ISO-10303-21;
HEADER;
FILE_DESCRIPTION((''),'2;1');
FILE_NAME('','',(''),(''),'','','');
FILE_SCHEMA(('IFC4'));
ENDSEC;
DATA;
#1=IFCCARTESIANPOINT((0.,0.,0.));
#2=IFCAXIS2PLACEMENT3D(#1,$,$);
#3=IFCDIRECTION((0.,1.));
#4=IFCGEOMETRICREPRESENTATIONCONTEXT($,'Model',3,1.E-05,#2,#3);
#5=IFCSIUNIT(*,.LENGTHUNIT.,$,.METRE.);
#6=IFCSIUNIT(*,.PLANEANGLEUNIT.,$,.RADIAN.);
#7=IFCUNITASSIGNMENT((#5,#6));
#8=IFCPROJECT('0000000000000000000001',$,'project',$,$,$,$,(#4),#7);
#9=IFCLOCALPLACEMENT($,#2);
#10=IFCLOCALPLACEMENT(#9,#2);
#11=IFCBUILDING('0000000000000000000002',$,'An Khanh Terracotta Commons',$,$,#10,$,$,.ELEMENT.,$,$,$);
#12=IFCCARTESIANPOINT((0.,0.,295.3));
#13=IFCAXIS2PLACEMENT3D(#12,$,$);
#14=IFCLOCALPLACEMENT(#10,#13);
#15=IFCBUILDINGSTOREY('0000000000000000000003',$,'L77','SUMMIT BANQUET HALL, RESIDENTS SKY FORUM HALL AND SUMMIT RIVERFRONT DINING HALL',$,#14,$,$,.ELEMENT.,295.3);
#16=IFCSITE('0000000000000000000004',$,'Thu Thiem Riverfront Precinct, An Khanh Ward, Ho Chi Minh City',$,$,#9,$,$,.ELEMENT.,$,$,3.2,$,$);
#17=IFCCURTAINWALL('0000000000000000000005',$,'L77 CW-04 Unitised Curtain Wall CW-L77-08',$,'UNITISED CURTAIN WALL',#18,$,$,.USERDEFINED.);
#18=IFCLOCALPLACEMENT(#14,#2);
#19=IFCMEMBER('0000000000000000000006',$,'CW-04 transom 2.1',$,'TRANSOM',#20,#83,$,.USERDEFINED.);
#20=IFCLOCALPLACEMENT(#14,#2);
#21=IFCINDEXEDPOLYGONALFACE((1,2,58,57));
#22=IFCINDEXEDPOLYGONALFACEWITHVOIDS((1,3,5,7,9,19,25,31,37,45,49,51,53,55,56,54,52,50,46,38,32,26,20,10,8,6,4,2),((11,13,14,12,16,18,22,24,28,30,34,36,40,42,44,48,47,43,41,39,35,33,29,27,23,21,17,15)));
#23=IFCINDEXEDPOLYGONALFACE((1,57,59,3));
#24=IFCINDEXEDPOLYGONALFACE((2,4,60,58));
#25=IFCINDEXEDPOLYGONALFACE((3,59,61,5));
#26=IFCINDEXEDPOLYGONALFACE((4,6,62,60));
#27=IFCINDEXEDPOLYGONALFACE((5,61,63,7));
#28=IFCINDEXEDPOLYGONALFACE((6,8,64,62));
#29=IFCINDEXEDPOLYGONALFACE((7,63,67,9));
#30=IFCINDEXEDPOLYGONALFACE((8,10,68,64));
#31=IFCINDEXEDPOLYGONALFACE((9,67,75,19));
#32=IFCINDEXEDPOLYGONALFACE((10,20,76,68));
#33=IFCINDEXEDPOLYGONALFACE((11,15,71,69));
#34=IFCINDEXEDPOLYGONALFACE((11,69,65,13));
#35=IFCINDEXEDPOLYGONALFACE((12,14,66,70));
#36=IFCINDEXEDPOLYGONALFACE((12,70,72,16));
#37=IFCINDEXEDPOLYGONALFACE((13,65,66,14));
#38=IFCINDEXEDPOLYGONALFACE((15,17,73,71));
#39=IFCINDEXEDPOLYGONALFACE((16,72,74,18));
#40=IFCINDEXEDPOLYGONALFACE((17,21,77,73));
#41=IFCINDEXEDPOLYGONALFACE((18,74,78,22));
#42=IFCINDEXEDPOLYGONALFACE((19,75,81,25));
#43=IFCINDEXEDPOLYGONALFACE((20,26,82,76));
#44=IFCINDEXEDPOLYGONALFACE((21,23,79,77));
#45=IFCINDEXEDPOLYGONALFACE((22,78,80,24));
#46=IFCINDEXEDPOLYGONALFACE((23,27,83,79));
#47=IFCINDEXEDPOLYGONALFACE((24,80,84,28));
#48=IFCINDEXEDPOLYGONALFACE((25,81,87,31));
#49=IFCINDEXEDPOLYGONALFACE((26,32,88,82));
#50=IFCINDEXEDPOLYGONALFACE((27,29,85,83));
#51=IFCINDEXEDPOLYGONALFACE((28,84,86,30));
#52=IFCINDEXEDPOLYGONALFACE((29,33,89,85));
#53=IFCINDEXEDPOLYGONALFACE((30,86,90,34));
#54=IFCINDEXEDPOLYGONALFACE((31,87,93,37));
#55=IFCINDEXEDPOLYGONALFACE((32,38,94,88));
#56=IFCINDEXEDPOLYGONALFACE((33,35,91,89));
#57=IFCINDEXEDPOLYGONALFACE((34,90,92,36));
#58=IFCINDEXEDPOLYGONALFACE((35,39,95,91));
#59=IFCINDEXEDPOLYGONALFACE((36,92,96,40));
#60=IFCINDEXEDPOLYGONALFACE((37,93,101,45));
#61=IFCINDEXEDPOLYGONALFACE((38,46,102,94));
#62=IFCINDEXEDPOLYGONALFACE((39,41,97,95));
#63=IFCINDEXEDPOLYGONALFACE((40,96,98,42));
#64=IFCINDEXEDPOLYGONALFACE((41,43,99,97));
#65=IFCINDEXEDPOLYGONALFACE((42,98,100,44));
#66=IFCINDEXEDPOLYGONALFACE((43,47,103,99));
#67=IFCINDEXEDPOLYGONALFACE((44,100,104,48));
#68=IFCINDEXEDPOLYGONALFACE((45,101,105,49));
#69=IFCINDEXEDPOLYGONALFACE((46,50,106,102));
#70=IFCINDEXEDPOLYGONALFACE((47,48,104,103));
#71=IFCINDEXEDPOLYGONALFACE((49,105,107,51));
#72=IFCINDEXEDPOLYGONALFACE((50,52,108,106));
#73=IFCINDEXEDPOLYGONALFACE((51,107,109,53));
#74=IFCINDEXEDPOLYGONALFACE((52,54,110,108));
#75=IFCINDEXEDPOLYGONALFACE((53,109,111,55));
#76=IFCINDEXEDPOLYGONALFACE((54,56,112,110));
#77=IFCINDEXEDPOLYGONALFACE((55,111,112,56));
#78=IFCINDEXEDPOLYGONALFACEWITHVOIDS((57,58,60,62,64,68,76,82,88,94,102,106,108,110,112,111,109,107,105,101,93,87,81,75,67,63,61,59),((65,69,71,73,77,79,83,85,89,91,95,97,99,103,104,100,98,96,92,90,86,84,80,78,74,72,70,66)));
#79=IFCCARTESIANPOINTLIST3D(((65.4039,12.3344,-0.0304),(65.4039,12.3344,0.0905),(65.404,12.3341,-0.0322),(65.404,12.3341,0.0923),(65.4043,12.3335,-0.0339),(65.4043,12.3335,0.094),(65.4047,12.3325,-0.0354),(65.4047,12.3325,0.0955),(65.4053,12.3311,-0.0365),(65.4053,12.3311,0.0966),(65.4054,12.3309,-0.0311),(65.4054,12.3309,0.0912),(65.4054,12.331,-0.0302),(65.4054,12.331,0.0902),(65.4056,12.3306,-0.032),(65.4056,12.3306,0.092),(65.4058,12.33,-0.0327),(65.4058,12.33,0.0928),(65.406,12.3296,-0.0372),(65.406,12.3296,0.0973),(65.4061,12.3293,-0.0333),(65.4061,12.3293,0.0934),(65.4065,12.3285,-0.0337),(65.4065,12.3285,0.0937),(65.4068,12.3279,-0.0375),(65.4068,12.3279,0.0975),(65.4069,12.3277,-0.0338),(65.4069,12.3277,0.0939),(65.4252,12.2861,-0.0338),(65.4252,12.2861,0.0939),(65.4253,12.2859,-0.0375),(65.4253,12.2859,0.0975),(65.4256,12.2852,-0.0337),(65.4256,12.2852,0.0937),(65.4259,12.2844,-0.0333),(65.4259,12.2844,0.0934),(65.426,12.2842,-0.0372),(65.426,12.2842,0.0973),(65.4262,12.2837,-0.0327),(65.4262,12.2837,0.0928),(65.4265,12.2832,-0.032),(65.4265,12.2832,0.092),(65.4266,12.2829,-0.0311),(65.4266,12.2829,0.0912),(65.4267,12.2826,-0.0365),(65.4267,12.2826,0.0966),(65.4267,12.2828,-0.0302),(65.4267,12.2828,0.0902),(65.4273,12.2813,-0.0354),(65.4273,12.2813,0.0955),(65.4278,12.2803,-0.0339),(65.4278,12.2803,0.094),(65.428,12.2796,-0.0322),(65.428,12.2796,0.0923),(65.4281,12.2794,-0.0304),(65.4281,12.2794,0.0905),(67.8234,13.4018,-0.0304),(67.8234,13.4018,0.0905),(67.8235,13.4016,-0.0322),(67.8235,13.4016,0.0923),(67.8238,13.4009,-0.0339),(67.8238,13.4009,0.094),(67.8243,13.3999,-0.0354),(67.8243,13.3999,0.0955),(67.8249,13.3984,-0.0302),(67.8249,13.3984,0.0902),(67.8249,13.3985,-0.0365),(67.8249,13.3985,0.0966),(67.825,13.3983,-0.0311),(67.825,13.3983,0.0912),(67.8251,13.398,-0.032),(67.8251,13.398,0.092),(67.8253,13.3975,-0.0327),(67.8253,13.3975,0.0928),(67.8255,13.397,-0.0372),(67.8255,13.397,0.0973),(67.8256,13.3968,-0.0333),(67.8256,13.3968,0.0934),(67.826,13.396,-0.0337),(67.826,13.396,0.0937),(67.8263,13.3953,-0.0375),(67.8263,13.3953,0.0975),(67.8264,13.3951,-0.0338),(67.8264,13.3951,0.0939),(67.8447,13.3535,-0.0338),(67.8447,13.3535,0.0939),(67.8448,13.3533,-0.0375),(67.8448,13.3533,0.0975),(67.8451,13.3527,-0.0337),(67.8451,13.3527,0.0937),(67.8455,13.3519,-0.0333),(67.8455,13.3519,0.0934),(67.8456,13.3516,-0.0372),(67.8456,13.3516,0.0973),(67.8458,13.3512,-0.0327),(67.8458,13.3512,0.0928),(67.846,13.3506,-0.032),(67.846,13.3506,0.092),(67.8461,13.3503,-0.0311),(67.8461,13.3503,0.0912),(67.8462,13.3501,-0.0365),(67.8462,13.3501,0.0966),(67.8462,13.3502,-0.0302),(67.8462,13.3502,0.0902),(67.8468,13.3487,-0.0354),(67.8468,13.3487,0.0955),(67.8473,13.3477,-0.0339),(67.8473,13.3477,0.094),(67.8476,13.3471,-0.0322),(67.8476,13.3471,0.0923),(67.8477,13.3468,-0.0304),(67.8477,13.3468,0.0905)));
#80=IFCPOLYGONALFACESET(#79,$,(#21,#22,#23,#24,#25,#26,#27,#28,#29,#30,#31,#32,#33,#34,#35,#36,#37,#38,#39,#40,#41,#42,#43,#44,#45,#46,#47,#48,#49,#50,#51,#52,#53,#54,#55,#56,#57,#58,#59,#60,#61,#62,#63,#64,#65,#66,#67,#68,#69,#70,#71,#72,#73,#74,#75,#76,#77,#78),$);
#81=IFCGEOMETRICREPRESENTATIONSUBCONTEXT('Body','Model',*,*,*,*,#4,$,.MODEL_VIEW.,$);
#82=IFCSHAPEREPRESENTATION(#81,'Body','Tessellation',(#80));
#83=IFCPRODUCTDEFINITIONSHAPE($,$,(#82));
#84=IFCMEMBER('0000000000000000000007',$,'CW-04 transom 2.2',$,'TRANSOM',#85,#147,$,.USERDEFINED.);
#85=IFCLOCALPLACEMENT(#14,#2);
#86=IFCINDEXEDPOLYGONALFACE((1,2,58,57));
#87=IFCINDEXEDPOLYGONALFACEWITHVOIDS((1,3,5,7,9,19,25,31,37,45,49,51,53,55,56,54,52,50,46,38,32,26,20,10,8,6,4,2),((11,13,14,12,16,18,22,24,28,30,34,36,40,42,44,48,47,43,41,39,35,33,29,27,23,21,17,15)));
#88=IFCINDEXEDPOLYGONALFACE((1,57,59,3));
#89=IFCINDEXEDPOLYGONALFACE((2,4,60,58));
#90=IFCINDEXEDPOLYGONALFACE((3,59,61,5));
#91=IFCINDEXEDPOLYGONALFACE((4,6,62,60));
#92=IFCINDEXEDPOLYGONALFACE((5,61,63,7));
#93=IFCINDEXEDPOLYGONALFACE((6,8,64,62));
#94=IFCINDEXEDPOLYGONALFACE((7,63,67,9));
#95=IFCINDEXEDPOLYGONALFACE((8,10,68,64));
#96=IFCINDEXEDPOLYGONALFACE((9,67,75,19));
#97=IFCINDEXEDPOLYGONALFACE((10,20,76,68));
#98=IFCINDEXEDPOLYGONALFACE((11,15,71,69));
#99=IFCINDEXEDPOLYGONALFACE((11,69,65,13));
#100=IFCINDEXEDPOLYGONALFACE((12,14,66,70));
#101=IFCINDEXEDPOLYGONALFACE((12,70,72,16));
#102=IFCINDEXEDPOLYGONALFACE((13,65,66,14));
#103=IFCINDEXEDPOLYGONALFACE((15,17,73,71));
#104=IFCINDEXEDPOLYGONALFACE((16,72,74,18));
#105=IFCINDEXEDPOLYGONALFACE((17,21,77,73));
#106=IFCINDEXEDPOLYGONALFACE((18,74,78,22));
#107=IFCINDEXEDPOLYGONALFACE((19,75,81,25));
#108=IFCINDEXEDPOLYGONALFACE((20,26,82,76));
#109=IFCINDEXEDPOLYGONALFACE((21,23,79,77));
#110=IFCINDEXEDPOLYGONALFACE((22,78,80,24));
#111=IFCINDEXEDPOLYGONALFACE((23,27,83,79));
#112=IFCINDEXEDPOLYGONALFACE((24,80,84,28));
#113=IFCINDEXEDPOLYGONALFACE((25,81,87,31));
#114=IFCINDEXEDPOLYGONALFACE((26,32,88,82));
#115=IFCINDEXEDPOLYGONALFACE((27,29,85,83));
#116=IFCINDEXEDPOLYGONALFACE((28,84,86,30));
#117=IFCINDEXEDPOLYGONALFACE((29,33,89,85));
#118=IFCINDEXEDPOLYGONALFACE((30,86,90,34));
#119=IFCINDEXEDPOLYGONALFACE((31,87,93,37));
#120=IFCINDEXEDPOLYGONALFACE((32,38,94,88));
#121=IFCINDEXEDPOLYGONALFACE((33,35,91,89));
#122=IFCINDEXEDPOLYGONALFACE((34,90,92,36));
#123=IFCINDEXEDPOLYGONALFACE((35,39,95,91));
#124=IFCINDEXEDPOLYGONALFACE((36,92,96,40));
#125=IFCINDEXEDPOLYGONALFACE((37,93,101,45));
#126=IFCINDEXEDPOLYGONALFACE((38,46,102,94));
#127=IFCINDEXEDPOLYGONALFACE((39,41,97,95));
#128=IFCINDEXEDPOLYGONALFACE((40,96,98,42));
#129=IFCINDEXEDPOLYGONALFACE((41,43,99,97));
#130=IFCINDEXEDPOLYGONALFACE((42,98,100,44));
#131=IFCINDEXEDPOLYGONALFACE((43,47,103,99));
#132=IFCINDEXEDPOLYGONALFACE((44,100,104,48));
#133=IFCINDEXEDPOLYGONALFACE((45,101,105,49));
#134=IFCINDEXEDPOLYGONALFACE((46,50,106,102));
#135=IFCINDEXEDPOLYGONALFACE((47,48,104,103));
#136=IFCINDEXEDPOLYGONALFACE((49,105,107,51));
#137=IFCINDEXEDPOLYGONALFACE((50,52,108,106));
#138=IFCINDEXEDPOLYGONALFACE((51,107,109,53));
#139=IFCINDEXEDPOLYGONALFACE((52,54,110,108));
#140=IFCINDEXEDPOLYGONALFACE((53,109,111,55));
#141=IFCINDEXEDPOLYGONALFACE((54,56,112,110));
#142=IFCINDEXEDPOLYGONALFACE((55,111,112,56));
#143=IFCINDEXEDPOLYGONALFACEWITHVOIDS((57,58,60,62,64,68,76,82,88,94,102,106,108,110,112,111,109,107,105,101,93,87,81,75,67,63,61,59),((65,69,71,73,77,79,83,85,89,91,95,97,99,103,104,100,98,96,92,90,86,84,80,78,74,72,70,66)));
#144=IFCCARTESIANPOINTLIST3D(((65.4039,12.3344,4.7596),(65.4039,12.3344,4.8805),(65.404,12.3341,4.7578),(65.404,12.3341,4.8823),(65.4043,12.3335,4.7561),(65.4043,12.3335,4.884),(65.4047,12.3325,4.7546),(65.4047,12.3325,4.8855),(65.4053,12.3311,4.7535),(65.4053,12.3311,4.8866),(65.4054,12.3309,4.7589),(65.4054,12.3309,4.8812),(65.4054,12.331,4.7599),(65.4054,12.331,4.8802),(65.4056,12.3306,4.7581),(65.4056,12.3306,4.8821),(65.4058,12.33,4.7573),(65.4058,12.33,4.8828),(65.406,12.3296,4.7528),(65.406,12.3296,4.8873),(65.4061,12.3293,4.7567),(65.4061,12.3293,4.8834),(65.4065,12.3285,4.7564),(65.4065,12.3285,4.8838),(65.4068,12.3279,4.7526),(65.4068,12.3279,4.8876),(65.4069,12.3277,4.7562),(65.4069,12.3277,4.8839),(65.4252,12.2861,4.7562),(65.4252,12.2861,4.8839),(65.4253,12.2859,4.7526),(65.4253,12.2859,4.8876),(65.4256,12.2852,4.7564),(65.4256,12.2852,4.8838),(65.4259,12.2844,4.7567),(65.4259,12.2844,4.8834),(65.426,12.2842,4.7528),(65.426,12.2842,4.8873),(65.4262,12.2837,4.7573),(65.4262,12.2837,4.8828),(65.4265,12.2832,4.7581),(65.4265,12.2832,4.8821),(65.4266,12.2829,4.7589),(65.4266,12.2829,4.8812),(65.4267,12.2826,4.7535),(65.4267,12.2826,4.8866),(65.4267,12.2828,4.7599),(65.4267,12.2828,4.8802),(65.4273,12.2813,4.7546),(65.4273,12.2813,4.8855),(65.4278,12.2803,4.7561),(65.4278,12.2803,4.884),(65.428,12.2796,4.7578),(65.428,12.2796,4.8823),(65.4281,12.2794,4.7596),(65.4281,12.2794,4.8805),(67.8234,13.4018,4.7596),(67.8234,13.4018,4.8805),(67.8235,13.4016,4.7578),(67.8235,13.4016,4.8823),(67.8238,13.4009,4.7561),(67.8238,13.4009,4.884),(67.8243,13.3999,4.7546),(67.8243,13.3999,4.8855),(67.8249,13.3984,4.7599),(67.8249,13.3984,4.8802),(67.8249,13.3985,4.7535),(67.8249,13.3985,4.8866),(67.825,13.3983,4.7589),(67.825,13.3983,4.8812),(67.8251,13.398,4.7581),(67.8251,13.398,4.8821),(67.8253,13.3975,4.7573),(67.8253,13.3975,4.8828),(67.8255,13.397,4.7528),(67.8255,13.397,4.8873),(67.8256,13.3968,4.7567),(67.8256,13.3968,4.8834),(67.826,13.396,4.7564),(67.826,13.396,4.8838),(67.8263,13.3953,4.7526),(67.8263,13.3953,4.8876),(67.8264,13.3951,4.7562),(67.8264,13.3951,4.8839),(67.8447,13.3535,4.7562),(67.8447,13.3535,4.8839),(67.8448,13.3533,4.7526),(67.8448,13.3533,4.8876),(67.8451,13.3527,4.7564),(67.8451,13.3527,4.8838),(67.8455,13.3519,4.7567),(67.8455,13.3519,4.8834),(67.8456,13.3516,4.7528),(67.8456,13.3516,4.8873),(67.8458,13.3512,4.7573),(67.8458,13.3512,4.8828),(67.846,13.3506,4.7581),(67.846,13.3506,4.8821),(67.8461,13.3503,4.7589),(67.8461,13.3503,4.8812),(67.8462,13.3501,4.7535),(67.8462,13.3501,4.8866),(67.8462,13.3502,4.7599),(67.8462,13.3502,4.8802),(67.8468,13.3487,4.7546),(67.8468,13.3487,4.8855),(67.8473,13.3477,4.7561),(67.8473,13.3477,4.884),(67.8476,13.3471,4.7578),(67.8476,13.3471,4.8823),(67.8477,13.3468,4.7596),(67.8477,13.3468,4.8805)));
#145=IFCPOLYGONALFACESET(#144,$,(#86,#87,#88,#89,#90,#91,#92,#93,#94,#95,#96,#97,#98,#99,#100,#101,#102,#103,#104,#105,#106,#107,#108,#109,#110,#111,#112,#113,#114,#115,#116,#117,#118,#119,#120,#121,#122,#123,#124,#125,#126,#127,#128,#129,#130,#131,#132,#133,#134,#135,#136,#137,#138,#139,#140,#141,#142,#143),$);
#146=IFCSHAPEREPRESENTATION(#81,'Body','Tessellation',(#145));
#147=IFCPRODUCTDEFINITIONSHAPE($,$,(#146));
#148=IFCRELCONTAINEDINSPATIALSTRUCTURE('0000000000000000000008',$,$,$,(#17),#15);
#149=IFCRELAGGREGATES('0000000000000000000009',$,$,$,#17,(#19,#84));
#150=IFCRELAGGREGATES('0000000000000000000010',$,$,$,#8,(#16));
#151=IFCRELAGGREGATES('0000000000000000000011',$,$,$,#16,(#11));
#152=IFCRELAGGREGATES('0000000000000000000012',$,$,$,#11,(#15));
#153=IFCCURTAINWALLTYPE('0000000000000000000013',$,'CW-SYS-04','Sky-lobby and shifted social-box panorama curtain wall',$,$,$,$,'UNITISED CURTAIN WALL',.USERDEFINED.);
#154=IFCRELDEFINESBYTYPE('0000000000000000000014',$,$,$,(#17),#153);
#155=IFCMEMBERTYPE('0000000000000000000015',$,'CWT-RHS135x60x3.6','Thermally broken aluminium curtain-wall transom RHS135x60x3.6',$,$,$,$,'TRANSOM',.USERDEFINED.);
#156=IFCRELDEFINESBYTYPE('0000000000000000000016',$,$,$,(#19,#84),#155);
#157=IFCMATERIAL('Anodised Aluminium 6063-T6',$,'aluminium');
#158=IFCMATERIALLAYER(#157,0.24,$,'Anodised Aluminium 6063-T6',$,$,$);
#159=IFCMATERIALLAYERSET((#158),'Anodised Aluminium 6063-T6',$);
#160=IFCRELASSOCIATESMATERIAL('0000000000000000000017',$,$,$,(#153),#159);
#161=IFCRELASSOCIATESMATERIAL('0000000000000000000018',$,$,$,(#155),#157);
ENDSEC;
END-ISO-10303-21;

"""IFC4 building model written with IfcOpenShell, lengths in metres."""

from ifc_helpers import new_model, si_unit, direction, frame, origin, origin_2d, place, context, subcontext, project, spatial, hollow_rectangle, extrude, material, layer, layer_set, material_profile, profile_set, type_object, element, aggregate, save


model = new_model("IFC4")

# Units and contexts
model_context = context("Model", 3, precision=1e-05, world=origin(), true_north=direction((0.0, 1.0)))
body_context = subcontext(model_context, "Body", "Model", "MODEL_VIEW")
ifc_project = project(units=[si_unit("LENGTHUNIT", "METRE"), si_unit("PLANEANGLEUNIT", "RADIAN")], contexts=[model_context])

# Site, building, storey
site_placement = place(None, origin())
site = spatial("IfcSite", under=ifc_project, at=site_placement, Name="Thu Thiem Riverfront Precinct, An Khanh Ward, Ho Chi Minh City", CompositionType="ELEMENT", RefElevation=3.2)
building_placement = place(site_placement, origin())
building = spatial("IfcBuilding", under=site, at=building_placement, Name="An Khanh Terracotta Commons", CompositionType="ELEMENT")
storey_placement = place(building_placement, frame((0.0, 0.0, 295.3)))
storey = spatial("IfcBuildingStorey", under=building, at=storey_placement, Name="L77", Description="SUMMIT BANQUET HALL, RESIDENTS SKY FORUM HALL AND SUMMIT RIVERFRONT DINING HALL", CompositionType="ELEMENT", Elevation=295.3)

# Curtain wall
ifc_material_1 = material(Name="Anodised Aluminium 6063-T6", Category="aluminium")
ifc_layer_1 = layer(ifc_material_1, 0.24, Name="Anodised Aluminium 6063-T6")
ifc_layer_set_1 = layer_set([ifc_layer_1], Name="Anodised Aluminium 6063-T6")
curtain_wall_type = type_object("IfcCurtainWallType", Name="CW-SYS-04", Description="Sky-lobby and shifted social-box panorama curtain wall", ElementType="UNITISED CURTAIN WALL", PredefinedType="USERDEFINED", material=ifc_layer_set_1)
curtain_wall_1_placement = place(storey_placement, origin())
curtain_wall_1 = element("IfcCurtainWall", 1, at=curtain_wall_1_placement, inside=storey, type_object=curtain_wall_type, Name="L77 CW-04 Unitised Curtain Wall CW-L77-08", ObjectType="UNITISED CURTAIN WALL", PredefinedType="USERDEFINED")

# Members
ifc_material_profile_1 = material_profile(ifc_material_1, hollow_rectangle(XDim=0.0601, YDim=0.135, WallThickness=0.0037, InnerFilletRadius=0.0037, OuterFilletRadius=0.0071, at=origin_2d()), Name="RHS135x60x3.6")
ifc_profile_set_1 = profile_set([ifc_material_profile_1], Name="Anodised Aluminium 6063-T6")
member_type_1 = type_object("IfcMemberType", Name="CWT-RHS135x60x3.6", Description="Thermally broken aluminium curtain-wall transom RHS135x60x3.6", ElementType="TRANSOM", PredefinedType="USERDEFINED", material=ifc_profile_set_1)
member_1_placement = place(storey_placement, frame((65.416, 12.3069, 0.03), z_axis=(0.91492, 0.403636, 0.0), x_axis=(-0.403636, 0.91492, 0.0)))
member_1 = element("IfcMember", 2, at=member_1_placement, type_object=member_type_1, Name="CW-04 transom 2.1", ObjectType="TRANSOM", PredefinedType="USERDEFINED", context=body_context, shape_type="SweptSolid", body=[
    extrude(hollow_rectangle(XDim=0.0601, YDim=0.135, WallThickness=0.0037, InnerFilletRadius=0.0037, OuterFilletRadius=0.0071, at=origin_2d()), origin(), (0.0, 0.0, 1.0), 2.6445),
])
member_2_placement = place(storey_placement, frame((65.416, 12.3069, 4.8201), z_axis=(0.91492, 0.403636, 0.0), x_axis=(-0.403636, 0.91492, 0.0)))
member_2 = element("IfcMember", 3, at=member_2_placement, type_object=member_type_1, Name="CW-04 transom 2.2", ObjectType="TRANSOM", PredefinedType="USERDEFINED", context=body_context, shape_type="SweptSolid", body=[
    extrude(hollow_rectangle(XDim=0.0601, YDim=0.135, WallThickness=0.0037, InnerFilletRadius=0.0037, OuterFilletRadius=0.0071, at=origin_2d()), origin(), (0.0, 0.0, 1.0), 2.6445),
])

aggregate(curtain_wall_1, [member_1, member_2])

save(model, "model.ifc")
